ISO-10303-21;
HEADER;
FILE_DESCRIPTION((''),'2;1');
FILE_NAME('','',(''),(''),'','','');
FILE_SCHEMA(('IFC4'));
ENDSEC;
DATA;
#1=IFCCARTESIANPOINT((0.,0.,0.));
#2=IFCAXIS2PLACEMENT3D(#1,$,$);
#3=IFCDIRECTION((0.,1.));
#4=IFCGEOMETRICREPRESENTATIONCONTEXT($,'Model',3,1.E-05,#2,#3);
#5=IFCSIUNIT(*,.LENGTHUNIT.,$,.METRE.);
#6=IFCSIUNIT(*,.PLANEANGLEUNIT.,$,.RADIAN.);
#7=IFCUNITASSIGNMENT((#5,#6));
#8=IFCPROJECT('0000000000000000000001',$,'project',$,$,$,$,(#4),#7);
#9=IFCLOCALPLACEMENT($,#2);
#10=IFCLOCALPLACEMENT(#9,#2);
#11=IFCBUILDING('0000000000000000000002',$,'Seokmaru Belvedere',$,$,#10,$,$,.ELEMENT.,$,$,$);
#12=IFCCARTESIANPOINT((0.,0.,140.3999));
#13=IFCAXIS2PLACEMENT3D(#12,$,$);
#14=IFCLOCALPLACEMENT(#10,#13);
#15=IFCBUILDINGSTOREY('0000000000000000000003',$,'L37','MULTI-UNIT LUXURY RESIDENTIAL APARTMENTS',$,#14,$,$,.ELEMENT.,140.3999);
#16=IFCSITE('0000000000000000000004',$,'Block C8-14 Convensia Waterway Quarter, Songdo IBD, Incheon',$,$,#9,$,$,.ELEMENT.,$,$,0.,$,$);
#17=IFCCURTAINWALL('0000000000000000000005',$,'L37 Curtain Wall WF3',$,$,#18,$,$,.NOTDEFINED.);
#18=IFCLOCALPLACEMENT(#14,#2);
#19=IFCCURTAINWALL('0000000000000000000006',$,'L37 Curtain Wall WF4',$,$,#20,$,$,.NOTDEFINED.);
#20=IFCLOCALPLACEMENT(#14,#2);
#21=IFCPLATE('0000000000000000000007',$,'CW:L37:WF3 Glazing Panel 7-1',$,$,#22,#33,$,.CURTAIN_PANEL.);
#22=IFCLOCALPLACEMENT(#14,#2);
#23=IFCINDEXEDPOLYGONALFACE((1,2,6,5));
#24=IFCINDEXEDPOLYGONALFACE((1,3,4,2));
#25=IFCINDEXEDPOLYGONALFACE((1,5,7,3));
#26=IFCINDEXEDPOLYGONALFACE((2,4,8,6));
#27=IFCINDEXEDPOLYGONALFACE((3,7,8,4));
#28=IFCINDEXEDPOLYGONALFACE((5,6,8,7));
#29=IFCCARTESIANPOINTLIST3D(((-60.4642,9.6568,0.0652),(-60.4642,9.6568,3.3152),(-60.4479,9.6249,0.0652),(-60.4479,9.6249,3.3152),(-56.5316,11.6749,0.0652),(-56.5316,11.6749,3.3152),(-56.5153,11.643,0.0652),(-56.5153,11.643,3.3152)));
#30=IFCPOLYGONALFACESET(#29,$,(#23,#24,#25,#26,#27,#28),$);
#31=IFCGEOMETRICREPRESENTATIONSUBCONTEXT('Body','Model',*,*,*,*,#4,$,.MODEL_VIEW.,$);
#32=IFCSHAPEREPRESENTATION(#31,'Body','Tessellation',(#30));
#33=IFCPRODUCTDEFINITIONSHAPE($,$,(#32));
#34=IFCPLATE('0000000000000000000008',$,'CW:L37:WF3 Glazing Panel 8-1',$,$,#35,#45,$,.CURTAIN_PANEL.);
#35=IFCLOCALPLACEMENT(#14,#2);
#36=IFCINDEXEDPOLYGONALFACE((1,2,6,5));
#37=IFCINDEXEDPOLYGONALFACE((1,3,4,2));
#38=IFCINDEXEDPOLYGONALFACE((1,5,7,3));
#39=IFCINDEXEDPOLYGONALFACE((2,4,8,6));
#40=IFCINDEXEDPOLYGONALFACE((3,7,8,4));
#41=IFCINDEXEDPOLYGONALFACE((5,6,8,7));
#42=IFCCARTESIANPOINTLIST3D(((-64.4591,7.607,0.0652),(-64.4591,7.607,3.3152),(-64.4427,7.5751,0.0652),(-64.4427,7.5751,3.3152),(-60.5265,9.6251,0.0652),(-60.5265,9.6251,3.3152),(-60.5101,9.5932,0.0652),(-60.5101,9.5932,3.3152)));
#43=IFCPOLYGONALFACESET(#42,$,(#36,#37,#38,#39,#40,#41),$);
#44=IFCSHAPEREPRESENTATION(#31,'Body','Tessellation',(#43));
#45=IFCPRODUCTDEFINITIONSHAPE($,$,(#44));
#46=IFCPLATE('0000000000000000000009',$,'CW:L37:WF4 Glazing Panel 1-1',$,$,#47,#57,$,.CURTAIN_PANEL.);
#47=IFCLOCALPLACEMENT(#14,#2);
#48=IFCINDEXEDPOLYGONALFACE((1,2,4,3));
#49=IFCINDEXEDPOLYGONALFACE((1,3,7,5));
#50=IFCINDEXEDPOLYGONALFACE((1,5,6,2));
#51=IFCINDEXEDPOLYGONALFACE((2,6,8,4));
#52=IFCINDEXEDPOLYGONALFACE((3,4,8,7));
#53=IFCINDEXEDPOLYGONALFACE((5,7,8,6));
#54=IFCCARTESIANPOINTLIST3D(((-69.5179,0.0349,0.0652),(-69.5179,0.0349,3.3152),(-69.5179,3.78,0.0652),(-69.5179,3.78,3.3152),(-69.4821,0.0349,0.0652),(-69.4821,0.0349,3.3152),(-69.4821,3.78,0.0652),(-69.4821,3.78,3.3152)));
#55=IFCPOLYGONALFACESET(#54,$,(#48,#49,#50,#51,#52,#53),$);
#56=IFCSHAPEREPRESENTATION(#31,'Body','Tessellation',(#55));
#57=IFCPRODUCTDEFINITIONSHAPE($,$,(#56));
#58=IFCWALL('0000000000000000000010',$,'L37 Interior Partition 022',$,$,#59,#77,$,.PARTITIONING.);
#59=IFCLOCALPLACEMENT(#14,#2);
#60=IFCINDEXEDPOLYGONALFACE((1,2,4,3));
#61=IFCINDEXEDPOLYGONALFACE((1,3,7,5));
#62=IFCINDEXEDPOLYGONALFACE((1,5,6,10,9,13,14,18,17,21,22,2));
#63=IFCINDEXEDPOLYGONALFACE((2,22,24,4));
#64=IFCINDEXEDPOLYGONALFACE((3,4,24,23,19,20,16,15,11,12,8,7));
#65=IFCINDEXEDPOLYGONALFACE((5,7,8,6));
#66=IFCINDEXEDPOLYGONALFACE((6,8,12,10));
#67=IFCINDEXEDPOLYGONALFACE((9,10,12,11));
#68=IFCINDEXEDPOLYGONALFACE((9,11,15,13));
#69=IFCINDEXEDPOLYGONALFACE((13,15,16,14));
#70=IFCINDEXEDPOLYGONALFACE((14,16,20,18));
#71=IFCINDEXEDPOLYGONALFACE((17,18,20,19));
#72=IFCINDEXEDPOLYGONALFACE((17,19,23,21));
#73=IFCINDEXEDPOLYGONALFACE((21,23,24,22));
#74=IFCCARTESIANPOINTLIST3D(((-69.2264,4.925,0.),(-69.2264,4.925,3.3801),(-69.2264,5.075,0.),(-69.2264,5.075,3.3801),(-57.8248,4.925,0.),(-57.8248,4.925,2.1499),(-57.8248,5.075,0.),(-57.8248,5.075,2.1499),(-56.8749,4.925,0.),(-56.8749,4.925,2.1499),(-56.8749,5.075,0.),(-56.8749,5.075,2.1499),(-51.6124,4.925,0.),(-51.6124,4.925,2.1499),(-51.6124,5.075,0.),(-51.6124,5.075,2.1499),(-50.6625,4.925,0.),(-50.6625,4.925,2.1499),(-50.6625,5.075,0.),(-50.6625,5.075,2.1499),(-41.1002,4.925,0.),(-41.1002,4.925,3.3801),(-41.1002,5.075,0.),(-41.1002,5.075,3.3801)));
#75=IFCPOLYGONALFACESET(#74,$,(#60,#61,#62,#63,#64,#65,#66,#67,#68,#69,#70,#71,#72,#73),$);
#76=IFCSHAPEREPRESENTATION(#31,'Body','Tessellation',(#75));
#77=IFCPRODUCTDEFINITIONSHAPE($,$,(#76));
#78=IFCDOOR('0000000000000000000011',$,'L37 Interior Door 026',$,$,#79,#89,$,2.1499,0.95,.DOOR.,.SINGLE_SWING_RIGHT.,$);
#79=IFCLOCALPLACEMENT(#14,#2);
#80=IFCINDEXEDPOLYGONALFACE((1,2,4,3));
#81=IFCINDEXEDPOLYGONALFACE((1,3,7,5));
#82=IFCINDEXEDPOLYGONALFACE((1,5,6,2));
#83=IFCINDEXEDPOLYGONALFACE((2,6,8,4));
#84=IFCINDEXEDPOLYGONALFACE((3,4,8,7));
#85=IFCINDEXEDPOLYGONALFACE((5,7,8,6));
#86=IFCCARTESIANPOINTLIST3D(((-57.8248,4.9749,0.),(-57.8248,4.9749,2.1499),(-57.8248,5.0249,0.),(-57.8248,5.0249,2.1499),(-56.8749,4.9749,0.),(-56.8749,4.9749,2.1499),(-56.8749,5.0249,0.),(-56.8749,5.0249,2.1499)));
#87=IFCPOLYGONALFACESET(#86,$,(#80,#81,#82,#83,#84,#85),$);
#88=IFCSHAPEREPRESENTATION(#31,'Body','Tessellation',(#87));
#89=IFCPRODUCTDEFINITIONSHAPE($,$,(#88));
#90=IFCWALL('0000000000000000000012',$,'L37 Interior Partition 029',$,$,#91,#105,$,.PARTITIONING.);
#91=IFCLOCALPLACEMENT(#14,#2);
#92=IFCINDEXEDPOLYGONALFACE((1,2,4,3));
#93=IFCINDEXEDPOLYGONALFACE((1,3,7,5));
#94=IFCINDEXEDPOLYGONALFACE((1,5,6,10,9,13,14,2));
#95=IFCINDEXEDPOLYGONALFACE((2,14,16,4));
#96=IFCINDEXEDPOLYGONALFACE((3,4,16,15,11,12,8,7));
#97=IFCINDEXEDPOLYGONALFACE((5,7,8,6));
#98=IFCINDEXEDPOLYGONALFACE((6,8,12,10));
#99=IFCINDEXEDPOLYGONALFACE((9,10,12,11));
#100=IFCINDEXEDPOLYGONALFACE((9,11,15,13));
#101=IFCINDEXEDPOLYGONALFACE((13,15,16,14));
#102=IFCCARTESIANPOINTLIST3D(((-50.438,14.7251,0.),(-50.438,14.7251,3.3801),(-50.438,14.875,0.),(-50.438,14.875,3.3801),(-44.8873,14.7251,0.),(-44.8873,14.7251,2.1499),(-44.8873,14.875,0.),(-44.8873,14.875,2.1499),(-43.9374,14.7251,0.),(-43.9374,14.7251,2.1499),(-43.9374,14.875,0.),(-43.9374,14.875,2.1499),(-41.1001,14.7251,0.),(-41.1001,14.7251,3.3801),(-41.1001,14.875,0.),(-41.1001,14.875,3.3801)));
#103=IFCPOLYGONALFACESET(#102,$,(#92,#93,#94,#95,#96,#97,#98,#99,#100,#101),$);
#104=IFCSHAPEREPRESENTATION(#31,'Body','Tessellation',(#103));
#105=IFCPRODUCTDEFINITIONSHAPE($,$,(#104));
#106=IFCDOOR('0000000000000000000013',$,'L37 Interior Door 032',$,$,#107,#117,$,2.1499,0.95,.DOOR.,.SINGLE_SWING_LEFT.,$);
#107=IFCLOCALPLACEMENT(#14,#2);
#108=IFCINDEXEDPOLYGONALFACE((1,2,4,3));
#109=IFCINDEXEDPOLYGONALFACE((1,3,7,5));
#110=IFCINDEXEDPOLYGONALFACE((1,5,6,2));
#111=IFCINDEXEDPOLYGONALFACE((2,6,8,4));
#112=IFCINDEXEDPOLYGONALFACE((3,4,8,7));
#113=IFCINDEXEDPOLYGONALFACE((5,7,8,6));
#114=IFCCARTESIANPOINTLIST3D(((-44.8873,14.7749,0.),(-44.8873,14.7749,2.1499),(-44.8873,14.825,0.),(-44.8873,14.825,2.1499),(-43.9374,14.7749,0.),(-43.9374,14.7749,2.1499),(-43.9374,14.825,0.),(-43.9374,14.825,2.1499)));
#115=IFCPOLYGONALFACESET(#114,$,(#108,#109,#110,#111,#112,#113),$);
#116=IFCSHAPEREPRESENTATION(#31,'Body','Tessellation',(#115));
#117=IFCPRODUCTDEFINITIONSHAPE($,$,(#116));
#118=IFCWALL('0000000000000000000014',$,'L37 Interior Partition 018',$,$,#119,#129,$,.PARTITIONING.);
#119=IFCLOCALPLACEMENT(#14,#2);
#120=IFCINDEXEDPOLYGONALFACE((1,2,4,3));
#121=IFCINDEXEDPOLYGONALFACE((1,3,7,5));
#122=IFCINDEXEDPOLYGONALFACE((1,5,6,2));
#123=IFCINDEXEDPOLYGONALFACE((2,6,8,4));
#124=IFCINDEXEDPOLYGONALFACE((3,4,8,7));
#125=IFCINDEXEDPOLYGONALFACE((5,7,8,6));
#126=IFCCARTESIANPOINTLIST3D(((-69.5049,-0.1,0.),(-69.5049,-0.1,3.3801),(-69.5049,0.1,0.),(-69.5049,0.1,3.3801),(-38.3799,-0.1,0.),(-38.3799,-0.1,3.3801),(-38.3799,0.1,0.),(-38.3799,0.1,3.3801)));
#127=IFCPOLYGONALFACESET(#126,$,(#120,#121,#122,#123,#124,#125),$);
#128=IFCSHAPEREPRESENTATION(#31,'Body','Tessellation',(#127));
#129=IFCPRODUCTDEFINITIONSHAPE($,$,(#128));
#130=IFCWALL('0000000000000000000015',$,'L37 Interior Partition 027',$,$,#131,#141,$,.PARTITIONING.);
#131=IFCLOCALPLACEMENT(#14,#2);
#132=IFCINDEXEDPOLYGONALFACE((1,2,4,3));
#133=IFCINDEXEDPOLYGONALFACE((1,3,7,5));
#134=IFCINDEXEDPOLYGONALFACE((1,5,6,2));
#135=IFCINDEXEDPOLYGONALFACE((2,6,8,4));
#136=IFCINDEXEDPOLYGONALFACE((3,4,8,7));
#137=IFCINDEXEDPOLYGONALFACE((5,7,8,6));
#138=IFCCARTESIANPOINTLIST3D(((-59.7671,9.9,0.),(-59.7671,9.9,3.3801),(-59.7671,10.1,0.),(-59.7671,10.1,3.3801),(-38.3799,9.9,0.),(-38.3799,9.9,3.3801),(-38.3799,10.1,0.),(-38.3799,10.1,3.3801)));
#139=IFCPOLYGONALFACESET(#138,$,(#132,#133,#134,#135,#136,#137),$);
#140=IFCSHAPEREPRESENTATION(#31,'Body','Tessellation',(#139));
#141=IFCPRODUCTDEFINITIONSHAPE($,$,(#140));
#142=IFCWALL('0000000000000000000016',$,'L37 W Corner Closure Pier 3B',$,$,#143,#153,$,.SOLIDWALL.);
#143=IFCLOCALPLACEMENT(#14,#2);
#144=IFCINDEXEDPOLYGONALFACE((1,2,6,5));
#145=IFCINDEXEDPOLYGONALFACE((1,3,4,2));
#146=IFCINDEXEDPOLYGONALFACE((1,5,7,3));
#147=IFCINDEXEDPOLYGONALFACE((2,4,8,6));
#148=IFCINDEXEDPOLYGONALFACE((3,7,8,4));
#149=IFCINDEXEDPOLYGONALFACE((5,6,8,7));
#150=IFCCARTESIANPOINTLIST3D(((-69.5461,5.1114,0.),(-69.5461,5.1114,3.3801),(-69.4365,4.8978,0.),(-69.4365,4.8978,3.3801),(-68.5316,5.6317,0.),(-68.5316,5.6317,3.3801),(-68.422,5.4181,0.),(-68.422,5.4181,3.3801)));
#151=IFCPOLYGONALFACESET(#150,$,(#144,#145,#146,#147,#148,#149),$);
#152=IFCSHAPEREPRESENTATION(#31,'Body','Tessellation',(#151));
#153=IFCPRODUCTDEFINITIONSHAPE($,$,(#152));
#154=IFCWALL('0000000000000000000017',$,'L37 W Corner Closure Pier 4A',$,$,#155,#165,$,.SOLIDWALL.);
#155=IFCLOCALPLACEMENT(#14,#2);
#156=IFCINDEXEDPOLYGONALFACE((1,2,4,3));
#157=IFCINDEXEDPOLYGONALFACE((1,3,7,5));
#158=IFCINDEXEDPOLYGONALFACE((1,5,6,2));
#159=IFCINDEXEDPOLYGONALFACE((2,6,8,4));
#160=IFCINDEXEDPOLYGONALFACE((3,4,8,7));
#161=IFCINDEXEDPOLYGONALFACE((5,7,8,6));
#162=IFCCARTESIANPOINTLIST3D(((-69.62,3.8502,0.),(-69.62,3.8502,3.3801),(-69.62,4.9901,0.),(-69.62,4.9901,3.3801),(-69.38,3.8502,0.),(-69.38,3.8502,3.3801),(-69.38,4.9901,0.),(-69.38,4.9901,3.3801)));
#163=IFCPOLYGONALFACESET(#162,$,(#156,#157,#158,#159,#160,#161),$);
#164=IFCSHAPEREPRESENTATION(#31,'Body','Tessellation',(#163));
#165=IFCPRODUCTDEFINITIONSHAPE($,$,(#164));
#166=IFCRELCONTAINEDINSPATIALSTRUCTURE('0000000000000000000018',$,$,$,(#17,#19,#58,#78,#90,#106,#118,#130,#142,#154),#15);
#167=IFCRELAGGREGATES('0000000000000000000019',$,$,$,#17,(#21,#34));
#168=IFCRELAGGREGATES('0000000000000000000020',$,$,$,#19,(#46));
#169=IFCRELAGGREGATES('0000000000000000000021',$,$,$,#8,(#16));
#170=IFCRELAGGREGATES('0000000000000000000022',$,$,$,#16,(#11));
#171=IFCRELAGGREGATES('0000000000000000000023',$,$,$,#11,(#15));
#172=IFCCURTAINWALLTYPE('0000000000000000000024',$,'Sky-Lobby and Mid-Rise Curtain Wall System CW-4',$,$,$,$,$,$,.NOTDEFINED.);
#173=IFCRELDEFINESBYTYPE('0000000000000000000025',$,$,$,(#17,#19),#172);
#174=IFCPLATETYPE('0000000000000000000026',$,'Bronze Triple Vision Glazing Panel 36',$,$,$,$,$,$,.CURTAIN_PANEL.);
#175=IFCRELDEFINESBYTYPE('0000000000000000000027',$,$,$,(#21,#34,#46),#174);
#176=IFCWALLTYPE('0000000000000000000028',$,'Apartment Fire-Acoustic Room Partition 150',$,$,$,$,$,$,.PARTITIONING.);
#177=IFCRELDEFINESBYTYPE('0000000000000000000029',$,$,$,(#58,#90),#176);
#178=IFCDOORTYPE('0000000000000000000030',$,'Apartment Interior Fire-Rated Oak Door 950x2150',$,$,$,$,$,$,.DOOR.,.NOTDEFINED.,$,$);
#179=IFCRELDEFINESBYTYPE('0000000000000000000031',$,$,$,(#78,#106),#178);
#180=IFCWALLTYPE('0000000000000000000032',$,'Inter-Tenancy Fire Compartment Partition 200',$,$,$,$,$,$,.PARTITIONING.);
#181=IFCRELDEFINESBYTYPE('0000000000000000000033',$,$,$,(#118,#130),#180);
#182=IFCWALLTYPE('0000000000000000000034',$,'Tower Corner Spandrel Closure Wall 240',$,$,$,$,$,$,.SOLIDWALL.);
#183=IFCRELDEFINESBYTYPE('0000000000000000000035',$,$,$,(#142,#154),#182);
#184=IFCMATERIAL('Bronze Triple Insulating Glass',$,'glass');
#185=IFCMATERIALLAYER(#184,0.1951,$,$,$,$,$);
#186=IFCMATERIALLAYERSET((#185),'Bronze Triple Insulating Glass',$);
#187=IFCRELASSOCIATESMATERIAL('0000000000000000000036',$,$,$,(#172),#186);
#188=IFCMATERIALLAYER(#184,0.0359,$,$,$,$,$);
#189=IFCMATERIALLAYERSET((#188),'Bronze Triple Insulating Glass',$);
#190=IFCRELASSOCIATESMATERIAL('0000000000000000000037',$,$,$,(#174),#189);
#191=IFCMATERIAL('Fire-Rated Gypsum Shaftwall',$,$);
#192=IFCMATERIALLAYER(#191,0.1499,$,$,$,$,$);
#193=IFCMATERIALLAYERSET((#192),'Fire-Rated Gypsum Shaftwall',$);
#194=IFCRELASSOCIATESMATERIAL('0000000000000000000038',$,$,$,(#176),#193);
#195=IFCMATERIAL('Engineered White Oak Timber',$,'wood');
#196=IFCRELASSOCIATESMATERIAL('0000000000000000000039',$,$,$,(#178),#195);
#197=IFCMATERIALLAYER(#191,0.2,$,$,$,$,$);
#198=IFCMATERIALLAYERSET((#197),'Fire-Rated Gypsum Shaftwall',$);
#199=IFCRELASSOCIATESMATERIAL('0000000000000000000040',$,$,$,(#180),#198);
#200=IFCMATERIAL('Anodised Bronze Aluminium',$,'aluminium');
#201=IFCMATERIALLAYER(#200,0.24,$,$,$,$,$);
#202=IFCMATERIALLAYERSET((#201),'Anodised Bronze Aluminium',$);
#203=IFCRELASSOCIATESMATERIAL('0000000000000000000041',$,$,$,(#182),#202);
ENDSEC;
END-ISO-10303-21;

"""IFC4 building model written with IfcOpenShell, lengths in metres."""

from ifc_helpers import new_model, si_unit, direction, frame, frame_2d, origin, origin_2d, place, context, subcontext, project, spatial, rectangle, extrude, source, transform, mapped, material, layer, layer_set, type_object, type_shapes, element, fill, aggregate, save


model = new_model("IFC4")

# Units and contexts
model_context = context("Model", 3, precision=1e-05, world=origin(), true_north=direction((0.0, 1.0)))
body_context = subcontext(model_context, "Body", "Model", "MODEL_VIEW")
ifc_project = project(units=[si_unit("LENGTHUNIT", "METRE"), si_unit("PLANEANGLEUNIT", "RADIAN")], contexts=[model_context])

# Site, building, storey
site_placement = place(None, origin())
site = spatial("IfcSite", under=ifc_project, at=site_placement, Name="Block C8-14 Convensia Waterway Quarter, Songdo IBD, Incheon", CompositionType="ELEMENT", RefElevation=0.0)
building_placement = place(site_placement, origin())
building = spatial("IfcBuilding", under=site, at=building_placement, Name="Seokmaru Belvedere", CompositionType="ELEMENT")
storey_placement = place(building_placement, frame((0.0, 0.0, 140.3999)))
storey = spatial("IfcBuildingStorey", under=building, at=storey_placement, Name="L37", Description="MULTI-UNIT LUXURY RESIDENTIAL APARTMENTS", CompositionType="ELEMENT", Elevation=140.3999)

# Curtain walls
ifc_material_1 = material(Name="Bronze Triple Insulating Glass", Category="glass")
ifc_layer_1 = layer(ifc_material_1, 0.1951)
ifc_layer_set_1 = layer_set([ifc_layer_1], Name="Bronze Triple Insulating Glass")
curtain_wall_type = type_object("IfcCurtainWallType", Name="Sky-Lobby and Mid-Rise Curtain Wall System CW-4", PredefinedType="NOTDEFINED", material=ifc_layer_set_1)
curtain_wall_1_placement = place(storey_placement, origin())
curtain_wall_1 = element("IfcCurtainWall", 1, at=curtain_wall_1_placement, inside=storey, type_object=curtain_wall_type, Name="L37 Curtain Wall WF3", PredefinedType="NOTDEFINED")
ifc_material_2 = material(Name="Anodised Bronze Aluminium", Category="aluminium")
curtain_wall_2_placement = place(storey_placement, origin())
curtain_wall_2 = element("IfcCurtainWall", 2, at=curtain_wall_2_placement, inside=storey, type_object=curtain_wall_type, Name="L37 Curtain Wall WF4", PredefinedType="NOTDEFINED")

# Plates
ifc_layer_2 = layer(ifc_material_1, 0.0359)
ifc_layer_set_2 = layer_set([ifc_layer_2], Name="Bronze Triple Insulating Glass")
plate_type = type_object("IfcPlateType", Name="Bronze Triple Vision Glazing Panel 36", PredefinedType="CURTAIN_PANEL", material=ifc_layer_set_2)
shared_shape_1 = source(origin(), body_context, "Body", "SweptSolid", [
    extrude(rectangle(XDim=4.4202, YDim=0.0359, at=origin_2d()), origin(), (0.0, 0.0, 1.0), 3.25),
])
plate_1_placement = place(storey_placement, frame((-58.4897, 10.6499, 0.0652), z_axis=(0.0, 0.0, 1.0), x_axis=(-0.889695, -0.456555, 0.0)))
plate_1 = element("IfcPlate", 3, at=plate_1_placement, type_object=plate_type, Name="CW:L37:WF3 Glazing Panel 7-1", PredefinedType="CURTAIN_PANEL", context=body_context, shape_type="MappedRepresentation", body=[
    mapped(shared_shape_1, transform((0.0, 0.0, 0.0), scale=1.0)),
])
plate_2_placement = place(storey_placement, frame((-62.4846, 8.6001, 0.0652), z_axis=(0.0, 0.0, 1.0), x_axis=(-0.889695, -0.456555, 0.0)))
plate_2 = element("IfcPlate", 4, at=plate_2_placement, type_object=plate_type, Name="CW:L37:WF3 Glazing Panel 8-1", PredefinedType="CURTAIN_PANEL", context=body_context, shape_type="MappedRepresentation", body=[
    mapped(shared_shape_1, transform((0.0, 0.0, 0.0), scale=1.0)),
])
aggregate(curtain_wall_1, [plate_1, plate_2])
shared_shape_2 = source(origin(), body_context, "Body", "SweptSolid", [
    extrude(rectangle(XDim=3.7451, YDim=0.0359, at=origin_2d()), origin(), (0.0, 0.0, 1.0), 3.25),
])
plate_3_placement = place(storey_placement, frame((-69.5, 1.9075, 0.0652), z_axis=(0.0, 0.0, 1.0), x_axis=(0.0, -1.0, 0.0)))
plate_3 = element("IfcPlate", 5, at=plate_3_placement, type_object=plate_type, Name="CW:L37:WF4 Glazing Panel 1-1", PredefinedType="CURTAIN_PANEL", context=body_context, shape_type="MappedRepresentation", body=[
    mapped(shared_shape_2, transform((0.0, 0.0, 0.0), scale=1.0)),
])
aggregate(curtain_wall_2, [plate_3])

# Wall, openings, door
ifc_material_3 = material(Name="Fire-Rated Gypsum Shaftwall")
ifc_layer_3 = layer(ifc_material_3, 0.1499)
ifc_layer_set_3 = layer_set([ifc_layer_3], Name="Fire-Rated Gypsum Shaftwall")
wall_type_1 = type_object("IfcWallType", Name="Apartment Fire-Acoustic Room Partition 150", PredefinedType="PARTITIONING", material=ifc_layer_set_3)
wall_1_placement = place(storey_placement, frame((-69.2263, 5.0, 0.0), z_axis=(0.0, 0.0, 1.0), x_axis=(1.0, 0.0, 0.0)))
wall_1 = element("IfcWall", 6, at=wall_1_placement, inside=storey, type_object=wall_type_1, Name="L37 Interior Partition 022", PredefinedType="PARTITIONING", context=body_context, shape_type="SweptSolid", body=[
    extrude(rectangle(XDim=28.1262, YDim=0.1499, at=frame_2d((14.063, 0.0))), origin(), (0.0, 0.0, 1.0), 3.3801),
])
opening_1_placement = place(wall_1_placement, frame((11.4014, 0.0, 0.0)))
opening_1 = element("IfcOpeningElement", 7, at=opening_1_placement, cuts=wall_1, PredefinedType="OPENING", context=body_context, shape_type="SweptSolid", body=[
    extrude(rectangle(XDim=0.95, YDim=2.1499, at=frame_2d((0.4751, 1.075))), frame((0.0, 0.085, 0.0), z_axis=(0.0, -1.0, 0.0), x_axis=(1.0, 0.0, 0.0)), (0.0, 0.0, 1.0), 0.1699),
])
opening_2_placement = place(wall_1_placement, frame((17.6138, 0.0, 0.0)))
element("IfcOpeningElement", 8, at=opening_2_placement, cuts=wall_1, PredefinedType="OPENING", context=body_context, shape_type="SweptSolid", body=[
    extrude(rectangle(XDim=0.95, YDim=2.1499, at=frame_2d((0.4751, 1.075))), frame((0.0, 0.085, 0.0), z_axis=(0.0, -1.0, 0.0), x_axis=(1.0, 0.0, 0.0)), (0.0, 0.0, 1.0), 0.1699),
])
ifc_material_4 = material(Name="Engineered White Oak Timber", Category="wood")
door_type = type_object("IfcDoorType", Name="Apartment Interior Fire-Rated Oak Door 950x2150", OperationType="NOTDEFINED", PredefinedType="DOOR", material=ifc_material_4)
shared_shape_3 = source(origin(), body_context, "Body", "SweptSolid", [
    extrude(rectangle(XDim=0.95, YDim=2.1499, at=frame_2d((0.4751, 1.075))), frame((0.0, 0.0249, 0.0), z_axis=(0.0, -1.0, 0.0), x_axis=(1.0, 0.0, 0.0)), (0.0, 0.0, 1.0), 0.05),
])
type_shapes(door_type, [shared_shape_3])
door_1_placement = place(opening_1_placement, origin())
door_1 = element("IfcDoor", 9, at=door_1_placement, inside=storey, type_object=door_type, Name="L37 Interior Door 026", OperationType="SINGLE_SWING_RIGHT", OverallHeight=2.1499, OverallWidth=0.95, PredefinedType="DOOR", context=body_context, shape_type="MappedRepresentation", body=[
    mapped(shared_shape_3, transform((0.0, 0.0, 0.0), scale=1.0)),
])
fill(opening_1, door_1)

# Wall, opening, door
wall_2_placement = place(storey_placement, frame((-50.438, 14.8, 0.0), z_axis=(0.0, 0.0, 1.0), x_axis=(1.0, 0.0, 0.0)))
wall_2 = element("IfcWall", 10, at=wall_2_placement, inside=storey, type_object=wall_type_1, Name="L37 Interior Partition 029", PredefinedType="PARTITIONING", context=body_context, shape_type="SweptSolid", body=[
    extrude(rectangle(XDim=9.3379, YDim=0.1499, at=frame_2d((4.6689, 0.0))), origin(), (0.0, 0.0, 1.0), 3.3801),
])
opening_3_placement = place(wall_2_placement, frame((5.5505, 0.0, 0.0)))
opening_3 = element("IfcOpeningElement", 11, at=opening_3_placement, cuts=wall_2, PredefinedType="OPENING", context=body_context, shape_type="SweptSolid", body=[
    extrude(rectangle(XDim=0.95, YDim=2.1499, at=frame_2d((0.4751, 1.075))), frame((0.0, 0.085, 0.0), z_axis=(0.0, -1.0, 0.0), x_axis=(1.0, 0.0, 0.0)), (0.0, 0.0, 1.0), 0.1699),
])
door_2_placement = place(opening_3_placement, origin())
door_2 = element("IfcDoor", 12, at=door_2_placement, inside=storey, type_object=door_type, Name="L37 Interior Door 032", OperationType="SINGLE_SWING_LEFT", OverallHeight=2.1499, OverallWidth=0.95, PredefinedType="DOOR", context=body_context, shape_type="MappedRepresentation", body=[
    mapped(shared_shape_3, transform((0.0, 0.0, 0.0), scale=1.0)),
])
fill(opening_3, door_2)

# Walls
ifc_layer_4 = layer(ifc_material_3, 0.2)
ifc_layer_set_4 = layer_set([ifc_layer_4], Name="Fire-Rated Gypsum Shaftwall")
wall_type_2 = type_object("IfcWallType", Name="Inter-Tenancy Fire Compartment Partition 200", PredefinedType="PARTITIONING", material=ifc_layer_set_4)
wall_3_placement = place(storey_placement, frame((-69.5049, 0.0, 0.0), z_axis=(0.0, 0.0, 1.0), x_axis=(1.0, 0.0, 0.0)))
element("IfcWall", 13, at=wall_3_placement, inside=storey, type_object=wall_type_2, Name="L37 Interior Partition 018", PredefinedType="PARTITIONING", context=body_context, shape_type="SweptSolid", body=[
    extrude(rectangle(XDim=31.125, YDim=0.2, at=frame_2d((15.5625, 0.0))), origin(), (0.0, 0.0, 1.0), 3.3801),
])
wall_4_placement = place(storey_placement, frame((-59.7671, 10.0, 0.0), z_axis=(0.0, 0.0, 1.0), x_axis=(1.0, 0.0, 0.0)))
element("IfcWall", 14, at=wall_4_placement, inside=storey, type_object=wall_type_2, Name="L37 Interior Partition 027", PredefinedType="PARTITIONING", context=body_context, shape_type="SweptSolid", body=[
    extrude(rectangle(XDim=21.3872, YDim=0.2, at=frame_2d((10.6936, 0.0))), origin(), (0.0, 0.0, 1.0), 3.3801),
])
ifc_layer_5 = layer(ifc_material_2, 0.24)
ifc_layer_set_5 = layer_set([ifc_layer_5], Name="Anodised Bronze Aluminium")
wall_type_3 = type_object("IfcWallType", Name="Tower Corner Spandrel Closure Wall 240", PredefinedType="SOLIDWALL", material=ifc_layer_set_5)
wall_5_placement = place(storey_placement, frame((-68.4768, 5.5249, 0.0), z_axis=(0.0, 0.0, 1.0), x_axis=(-0.889797, -0.456356, 0.0)))
element("IfcWall", 15, at=wall_5_placement, inside=storey, type_object=wall_type_3, Name="L37 W Corner Closure Pier 3B", PredefinedType="SOLIDWALL", context=body_context, shape_type="SweptSolid", body=[
    extrude(rectangle(XDim=1.1401, YDim=0.24, at=frame_2d((0.5701, 0.0))), origin(), (0.0, 0.0, 1.0), 3.3801),
])
wall_6_placement = place(storey_placement, frame((-69.5, 4.99, 0.0), z_axis=(0.0, 0.0, 1.0), x_axis=(0.0, -1.0, 0.0)))
element("IfcWall", 16, at=wall_6_placement, inside=storey, type_object=wall_type_3, Name="L37 W Corner Closure Pier 4A", PredefinedType="SOLIDWALL", context=body_context, shape_type="SweptSolid", body=[
    extrude(rectangle(XDim=1.1399, YDim=0.24, at=frame_2d((0.5698, 0.0))), origin(), (0.0, 0.0, 1.0), 3.3801),
])

save(model, "model.ifc")
